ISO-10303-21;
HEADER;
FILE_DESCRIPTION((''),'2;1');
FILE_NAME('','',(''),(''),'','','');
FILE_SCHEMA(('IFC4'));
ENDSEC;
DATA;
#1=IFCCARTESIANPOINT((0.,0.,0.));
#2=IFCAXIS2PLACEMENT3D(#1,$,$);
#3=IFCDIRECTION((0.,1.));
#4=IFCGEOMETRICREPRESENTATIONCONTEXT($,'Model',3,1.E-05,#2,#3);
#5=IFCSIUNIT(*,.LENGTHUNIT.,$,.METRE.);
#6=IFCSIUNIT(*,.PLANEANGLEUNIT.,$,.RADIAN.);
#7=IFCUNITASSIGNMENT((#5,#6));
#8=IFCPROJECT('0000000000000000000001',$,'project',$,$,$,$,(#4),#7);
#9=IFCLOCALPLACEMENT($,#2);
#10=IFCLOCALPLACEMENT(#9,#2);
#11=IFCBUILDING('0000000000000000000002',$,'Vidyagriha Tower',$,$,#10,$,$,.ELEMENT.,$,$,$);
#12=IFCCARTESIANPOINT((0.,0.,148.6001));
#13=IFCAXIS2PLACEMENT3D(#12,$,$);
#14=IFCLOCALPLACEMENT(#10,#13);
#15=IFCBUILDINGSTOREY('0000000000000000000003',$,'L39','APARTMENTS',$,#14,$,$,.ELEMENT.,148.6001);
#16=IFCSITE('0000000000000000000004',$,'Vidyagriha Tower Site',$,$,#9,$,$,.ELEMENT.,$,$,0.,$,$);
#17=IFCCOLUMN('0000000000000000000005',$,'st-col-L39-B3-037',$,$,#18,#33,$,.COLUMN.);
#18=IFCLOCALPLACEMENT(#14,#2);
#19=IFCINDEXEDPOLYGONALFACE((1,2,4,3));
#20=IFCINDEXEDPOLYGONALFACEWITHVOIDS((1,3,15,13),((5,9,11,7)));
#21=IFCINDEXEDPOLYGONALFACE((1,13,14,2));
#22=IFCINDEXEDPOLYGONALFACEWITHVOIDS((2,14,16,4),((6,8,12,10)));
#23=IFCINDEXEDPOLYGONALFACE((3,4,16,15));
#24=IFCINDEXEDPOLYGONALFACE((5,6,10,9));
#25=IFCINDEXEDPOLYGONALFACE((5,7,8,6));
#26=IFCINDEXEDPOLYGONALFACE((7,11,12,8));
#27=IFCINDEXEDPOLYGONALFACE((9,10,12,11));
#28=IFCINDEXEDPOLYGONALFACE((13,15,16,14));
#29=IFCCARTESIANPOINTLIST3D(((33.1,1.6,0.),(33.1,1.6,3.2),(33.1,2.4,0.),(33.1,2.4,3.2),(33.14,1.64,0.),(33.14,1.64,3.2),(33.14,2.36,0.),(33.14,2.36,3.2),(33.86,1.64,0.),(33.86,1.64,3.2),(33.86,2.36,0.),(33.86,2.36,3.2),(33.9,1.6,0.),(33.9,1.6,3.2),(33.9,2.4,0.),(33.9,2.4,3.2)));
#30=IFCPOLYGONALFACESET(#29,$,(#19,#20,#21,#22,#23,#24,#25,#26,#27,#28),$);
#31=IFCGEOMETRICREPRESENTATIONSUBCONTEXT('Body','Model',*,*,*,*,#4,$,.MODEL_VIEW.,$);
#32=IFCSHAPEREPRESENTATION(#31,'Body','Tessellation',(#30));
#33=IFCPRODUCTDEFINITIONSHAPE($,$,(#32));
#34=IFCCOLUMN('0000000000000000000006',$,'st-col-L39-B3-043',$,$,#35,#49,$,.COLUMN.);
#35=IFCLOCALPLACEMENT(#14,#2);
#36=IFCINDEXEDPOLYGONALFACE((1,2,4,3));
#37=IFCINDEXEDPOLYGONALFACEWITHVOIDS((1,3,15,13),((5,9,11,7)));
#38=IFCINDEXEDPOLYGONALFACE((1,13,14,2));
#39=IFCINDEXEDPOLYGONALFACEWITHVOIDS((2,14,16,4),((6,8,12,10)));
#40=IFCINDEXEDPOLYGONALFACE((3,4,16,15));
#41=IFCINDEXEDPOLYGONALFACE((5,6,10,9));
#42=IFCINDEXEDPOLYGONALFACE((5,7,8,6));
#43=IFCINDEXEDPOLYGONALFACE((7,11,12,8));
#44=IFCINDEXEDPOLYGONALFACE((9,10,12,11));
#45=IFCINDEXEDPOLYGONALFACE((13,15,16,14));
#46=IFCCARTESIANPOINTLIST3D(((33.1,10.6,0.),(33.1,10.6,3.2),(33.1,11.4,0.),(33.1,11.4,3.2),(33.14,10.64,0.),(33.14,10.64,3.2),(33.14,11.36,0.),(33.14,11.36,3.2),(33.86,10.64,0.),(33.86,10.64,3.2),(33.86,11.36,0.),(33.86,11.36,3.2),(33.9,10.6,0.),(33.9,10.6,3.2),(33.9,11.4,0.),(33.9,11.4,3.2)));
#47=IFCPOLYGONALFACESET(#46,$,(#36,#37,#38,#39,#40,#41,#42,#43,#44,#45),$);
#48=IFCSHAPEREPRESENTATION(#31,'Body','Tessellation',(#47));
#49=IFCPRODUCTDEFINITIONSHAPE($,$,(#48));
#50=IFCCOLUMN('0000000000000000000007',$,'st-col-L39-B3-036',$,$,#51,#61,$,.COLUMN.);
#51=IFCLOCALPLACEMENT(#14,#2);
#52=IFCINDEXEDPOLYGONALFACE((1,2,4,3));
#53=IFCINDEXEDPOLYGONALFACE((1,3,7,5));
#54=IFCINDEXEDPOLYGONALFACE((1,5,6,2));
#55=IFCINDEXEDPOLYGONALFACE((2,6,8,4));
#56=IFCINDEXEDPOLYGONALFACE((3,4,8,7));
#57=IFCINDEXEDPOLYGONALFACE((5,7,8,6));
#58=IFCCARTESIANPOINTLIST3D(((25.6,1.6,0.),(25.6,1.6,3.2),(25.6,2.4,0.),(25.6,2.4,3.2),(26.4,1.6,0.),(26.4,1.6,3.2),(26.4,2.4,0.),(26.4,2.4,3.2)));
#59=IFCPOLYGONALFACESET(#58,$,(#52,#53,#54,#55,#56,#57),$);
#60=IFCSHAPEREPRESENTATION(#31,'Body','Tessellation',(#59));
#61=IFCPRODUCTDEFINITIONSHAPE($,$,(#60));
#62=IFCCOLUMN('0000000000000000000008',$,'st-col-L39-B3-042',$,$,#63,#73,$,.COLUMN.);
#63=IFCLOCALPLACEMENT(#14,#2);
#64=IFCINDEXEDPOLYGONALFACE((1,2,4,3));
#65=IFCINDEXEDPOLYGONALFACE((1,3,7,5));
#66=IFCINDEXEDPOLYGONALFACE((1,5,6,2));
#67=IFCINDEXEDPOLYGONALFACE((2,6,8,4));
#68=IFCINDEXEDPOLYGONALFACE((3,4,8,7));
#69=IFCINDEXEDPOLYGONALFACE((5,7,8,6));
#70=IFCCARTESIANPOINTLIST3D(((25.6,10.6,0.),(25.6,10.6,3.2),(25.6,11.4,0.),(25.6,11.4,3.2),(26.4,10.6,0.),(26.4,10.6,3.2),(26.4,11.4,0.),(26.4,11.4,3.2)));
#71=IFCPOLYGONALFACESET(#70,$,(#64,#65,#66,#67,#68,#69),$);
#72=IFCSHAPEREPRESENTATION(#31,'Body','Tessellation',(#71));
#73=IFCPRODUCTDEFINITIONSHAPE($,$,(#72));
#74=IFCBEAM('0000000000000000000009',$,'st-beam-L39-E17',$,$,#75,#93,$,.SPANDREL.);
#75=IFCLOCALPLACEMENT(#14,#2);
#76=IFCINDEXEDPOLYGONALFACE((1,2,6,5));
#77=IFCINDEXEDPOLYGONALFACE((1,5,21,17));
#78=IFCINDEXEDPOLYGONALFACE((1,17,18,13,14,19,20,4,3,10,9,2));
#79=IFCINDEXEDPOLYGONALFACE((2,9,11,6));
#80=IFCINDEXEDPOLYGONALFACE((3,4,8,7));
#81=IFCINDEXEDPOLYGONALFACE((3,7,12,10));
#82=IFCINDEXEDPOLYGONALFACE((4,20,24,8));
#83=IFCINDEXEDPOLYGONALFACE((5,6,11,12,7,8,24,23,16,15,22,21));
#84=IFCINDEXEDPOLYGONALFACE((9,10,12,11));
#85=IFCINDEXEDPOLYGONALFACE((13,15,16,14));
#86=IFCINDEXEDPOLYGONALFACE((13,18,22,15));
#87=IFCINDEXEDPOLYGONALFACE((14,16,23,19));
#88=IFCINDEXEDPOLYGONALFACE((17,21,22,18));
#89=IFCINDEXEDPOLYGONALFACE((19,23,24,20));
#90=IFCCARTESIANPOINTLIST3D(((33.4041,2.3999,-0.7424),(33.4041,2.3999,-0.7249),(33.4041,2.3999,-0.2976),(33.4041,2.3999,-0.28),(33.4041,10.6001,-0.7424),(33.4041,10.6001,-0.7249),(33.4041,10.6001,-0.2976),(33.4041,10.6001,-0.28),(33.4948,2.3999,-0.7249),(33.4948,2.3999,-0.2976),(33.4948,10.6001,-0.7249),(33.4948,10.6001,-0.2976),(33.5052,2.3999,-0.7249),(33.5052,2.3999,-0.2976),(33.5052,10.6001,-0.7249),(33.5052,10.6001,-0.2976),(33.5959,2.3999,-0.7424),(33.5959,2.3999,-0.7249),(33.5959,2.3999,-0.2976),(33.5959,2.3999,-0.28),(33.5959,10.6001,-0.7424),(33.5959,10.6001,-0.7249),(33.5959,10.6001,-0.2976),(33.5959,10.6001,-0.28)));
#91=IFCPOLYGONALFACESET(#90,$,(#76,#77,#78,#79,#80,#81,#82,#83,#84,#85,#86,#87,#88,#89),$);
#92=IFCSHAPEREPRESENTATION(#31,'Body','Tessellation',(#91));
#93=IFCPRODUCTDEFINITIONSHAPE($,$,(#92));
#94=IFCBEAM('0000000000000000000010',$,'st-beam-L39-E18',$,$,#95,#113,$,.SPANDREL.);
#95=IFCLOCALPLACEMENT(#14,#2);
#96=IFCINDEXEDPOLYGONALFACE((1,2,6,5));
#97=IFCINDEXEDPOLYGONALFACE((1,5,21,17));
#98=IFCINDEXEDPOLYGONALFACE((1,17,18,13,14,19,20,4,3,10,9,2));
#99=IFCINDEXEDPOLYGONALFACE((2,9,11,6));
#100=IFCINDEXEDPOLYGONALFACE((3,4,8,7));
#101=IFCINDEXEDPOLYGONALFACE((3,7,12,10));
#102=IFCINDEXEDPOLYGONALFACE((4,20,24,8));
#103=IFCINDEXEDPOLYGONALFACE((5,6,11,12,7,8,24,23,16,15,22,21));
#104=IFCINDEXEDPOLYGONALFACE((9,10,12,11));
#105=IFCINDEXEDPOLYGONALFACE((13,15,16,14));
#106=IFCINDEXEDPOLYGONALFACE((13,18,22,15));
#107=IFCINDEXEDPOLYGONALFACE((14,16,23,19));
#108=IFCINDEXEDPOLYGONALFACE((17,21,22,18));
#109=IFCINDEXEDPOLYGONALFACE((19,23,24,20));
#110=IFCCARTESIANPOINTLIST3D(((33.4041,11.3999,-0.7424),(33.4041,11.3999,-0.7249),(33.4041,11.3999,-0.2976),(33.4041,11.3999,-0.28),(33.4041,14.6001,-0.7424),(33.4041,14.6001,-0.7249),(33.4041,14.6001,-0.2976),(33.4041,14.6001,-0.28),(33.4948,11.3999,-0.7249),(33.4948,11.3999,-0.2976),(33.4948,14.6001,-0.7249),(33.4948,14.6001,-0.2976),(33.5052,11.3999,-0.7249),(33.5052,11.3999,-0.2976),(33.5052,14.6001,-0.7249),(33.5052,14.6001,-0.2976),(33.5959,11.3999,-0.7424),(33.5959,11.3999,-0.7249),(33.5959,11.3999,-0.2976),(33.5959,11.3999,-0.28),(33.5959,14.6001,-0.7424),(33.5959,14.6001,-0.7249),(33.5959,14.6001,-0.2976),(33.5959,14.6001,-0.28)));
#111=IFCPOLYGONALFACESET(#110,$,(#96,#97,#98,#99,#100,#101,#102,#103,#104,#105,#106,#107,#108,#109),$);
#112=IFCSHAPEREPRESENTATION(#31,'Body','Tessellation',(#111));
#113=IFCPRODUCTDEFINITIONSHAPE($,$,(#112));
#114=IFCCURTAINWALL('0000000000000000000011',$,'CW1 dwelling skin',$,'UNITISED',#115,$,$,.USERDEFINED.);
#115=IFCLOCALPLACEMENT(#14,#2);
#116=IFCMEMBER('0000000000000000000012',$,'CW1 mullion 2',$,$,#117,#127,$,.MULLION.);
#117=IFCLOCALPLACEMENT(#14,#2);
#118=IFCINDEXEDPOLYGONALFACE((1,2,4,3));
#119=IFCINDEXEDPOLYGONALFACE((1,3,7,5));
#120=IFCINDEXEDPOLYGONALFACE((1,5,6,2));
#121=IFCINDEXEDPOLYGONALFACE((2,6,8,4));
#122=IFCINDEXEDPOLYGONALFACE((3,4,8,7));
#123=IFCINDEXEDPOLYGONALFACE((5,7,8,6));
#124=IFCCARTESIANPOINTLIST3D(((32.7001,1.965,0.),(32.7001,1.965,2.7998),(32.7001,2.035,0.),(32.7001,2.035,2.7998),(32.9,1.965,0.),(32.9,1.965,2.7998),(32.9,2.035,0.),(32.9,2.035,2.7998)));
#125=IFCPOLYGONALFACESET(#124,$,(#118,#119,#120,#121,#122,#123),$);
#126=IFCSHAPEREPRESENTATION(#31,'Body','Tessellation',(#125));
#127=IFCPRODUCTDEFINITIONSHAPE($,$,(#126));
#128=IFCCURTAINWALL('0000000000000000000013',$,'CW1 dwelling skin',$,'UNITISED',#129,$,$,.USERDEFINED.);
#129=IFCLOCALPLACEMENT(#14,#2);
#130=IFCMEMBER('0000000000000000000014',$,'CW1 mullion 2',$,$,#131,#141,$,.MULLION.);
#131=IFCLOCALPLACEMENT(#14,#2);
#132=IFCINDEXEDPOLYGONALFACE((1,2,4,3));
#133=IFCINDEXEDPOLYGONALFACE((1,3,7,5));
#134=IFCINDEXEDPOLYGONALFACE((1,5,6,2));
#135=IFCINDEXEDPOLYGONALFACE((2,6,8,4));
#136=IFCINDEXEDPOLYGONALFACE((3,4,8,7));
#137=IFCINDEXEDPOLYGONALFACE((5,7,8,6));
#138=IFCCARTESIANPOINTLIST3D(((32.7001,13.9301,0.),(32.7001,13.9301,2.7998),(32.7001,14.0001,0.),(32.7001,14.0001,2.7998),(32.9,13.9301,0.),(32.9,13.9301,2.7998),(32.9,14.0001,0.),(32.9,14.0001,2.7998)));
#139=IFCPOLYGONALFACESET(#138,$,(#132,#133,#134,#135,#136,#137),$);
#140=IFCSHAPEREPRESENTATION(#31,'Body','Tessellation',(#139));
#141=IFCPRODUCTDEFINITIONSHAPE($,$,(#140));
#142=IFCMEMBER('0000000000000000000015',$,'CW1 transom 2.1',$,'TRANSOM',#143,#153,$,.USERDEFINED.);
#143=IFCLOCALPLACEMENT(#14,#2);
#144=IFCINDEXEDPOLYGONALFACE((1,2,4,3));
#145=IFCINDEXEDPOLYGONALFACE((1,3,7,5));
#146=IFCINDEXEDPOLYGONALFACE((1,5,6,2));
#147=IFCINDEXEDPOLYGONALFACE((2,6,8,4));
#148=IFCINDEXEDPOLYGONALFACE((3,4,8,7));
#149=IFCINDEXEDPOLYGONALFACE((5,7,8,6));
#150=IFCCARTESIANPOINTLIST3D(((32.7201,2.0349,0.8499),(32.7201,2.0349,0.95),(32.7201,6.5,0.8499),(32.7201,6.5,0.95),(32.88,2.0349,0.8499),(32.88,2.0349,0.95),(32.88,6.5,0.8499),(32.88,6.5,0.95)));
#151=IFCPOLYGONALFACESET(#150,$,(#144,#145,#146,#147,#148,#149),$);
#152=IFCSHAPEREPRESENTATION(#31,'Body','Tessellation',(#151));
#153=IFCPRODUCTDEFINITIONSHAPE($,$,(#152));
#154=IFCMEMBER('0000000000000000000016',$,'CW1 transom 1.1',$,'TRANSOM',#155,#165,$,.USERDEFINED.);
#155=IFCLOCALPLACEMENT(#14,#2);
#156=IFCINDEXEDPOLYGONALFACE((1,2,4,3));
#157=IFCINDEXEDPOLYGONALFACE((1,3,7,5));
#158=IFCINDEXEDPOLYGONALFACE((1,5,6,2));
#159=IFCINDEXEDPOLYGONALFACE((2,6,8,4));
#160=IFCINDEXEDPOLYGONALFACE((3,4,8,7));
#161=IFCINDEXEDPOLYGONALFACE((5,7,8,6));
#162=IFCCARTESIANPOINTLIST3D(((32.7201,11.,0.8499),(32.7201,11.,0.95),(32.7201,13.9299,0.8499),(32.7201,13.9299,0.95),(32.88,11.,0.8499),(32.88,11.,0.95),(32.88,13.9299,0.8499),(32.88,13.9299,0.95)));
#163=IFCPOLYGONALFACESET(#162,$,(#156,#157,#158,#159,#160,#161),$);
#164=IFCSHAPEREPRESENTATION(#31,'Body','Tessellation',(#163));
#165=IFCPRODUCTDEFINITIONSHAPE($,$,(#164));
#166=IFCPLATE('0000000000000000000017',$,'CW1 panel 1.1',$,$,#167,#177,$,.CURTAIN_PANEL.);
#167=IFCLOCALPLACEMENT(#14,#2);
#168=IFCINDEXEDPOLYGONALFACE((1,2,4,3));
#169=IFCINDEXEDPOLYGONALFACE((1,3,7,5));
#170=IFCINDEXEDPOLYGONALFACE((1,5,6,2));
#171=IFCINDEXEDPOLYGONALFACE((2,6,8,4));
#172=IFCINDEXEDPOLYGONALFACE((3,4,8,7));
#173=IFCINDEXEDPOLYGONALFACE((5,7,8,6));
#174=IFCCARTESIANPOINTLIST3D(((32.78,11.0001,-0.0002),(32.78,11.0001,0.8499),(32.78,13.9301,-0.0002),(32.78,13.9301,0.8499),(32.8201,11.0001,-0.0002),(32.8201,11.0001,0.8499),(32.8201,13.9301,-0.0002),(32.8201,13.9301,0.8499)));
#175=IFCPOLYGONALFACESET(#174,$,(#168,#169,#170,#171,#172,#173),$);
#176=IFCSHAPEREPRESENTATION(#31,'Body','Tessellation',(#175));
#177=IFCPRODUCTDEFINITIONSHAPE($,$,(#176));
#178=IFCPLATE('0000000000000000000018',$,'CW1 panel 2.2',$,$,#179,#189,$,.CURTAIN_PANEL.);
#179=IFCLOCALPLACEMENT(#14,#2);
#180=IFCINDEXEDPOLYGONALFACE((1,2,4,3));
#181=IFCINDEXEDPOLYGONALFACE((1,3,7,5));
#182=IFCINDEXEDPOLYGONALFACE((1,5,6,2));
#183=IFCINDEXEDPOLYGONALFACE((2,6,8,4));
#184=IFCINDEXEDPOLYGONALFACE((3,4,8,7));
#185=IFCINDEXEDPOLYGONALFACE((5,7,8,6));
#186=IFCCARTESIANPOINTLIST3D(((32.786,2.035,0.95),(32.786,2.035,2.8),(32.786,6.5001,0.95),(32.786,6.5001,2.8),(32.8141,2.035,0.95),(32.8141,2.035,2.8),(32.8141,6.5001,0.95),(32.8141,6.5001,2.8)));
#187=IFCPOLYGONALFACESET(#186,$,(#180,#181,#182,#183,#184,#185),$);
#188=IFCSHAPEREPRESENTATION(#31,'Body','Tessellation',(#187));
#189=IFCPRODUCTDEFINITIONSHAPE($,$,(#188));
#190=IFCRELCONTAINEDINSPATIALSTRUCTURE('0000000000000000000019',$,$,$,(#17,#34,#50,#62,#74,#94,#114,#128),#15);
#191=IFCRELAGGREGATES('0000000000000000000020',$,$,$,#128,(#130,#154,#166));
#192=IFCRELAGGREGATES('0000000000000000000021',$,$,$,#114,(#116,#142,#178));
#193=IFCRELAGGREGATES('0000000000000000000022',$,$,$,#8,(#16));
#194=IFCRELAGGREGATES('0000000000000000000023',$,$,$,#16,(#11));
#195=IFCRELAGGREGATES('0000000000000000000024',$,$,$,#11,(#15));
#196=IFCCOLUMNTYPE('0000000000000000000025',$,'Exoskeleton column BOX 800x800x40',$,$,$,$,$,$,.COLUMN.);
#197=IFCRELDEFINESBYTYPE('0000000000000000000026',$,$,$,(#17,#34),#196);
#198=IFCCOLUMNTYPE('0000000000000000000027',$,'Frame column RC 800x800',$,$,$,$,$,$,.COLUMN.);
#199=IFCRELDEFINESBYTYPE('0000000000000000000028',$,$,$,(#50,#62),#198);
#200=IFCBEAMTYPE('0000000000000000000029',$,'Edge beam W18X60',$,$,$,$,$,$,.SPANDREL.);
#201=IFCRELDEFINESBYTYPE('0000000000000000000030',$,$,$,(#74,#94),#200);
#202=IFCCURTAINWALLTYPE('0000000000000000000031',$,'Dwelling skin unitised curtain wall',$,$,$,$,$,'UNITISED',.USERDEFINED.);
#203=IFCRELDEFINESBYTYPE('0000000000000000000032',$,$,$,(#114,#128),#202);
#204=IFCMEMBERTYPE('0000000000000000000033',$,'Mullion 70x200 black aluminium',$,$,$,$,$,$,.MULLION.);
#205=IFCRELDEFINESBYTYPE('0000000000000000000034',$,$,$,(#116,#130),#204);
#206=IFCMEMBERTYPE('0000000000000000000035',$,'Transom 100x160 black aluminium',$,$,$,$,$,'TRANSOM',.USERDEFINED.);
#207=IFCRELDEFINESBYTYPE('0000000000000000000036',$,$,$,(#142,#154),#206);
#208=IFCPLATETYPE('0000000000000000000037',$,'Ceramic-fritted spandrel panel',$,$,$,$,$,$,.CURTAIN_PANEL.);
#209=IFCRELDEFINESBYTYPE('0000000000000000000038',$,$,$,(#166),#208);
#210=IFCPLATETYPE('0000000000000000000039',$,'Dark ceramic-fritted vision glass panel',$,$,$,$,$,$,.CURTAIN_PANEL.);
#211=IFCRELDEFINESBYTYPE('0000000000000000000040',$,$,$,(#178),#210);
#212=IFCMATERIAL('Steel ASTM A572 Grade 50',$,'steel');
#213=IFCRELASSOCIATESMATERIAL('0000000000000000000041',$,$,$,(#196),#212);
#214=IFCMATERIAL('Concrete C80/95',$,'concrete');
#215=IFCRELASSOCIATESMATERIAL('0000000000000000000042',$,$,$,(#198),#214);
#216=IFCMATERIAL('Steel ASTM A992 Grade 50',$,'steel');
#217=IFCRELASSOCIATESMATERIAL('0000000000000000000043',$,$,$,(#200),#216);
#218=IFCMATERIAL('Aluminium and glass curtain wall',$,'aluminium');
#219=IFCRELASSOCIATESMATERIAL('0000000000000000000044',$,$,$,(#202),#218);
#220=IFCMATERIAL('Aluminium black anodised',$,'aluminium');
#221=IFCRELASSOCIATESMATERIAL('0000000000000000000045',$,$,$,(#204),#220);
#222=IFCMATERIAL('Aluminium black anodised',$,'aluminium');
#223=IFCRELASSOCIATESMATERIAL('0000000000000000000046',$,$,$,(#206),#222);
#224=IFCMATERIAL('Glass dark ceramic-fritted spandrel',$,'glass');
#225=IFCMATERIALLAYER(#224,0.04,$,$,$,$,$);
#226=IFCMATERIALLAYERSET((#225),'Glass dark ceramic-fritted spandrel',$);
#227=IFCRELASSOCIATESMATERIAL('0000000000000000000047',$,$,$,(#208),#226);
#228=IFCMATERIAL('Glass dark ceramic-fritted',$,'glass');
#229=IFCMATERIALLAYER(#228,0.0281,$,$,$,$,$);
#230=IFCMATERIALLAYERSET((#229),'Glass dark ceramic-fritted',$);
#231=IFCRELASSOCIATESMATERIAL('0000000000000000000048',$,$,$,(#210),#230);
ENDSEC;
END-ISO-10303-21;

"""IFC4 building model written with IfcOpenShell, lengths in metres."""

from ifc_helpers import new_model, si_unit, direction, frame, origin, origin_2d, place, context, subcontext, project, spatial, rectangle, hollow_rectangle, i_section, extrude, material, layer, layer_set, material_profile, profile_set, type_object, element, aggregate, save


model = new_model("IFC4")

# Units and contexts
model_context = context("Model", 3, precision=1e-05, world=origin(), true_north=direction((0.0, 1.0)))
body_context = subcontext(model_context, "Body", "Model", "MODEL_VIEW")
ifc_project = project(units=[si_unit("LENGTHUNIT", "METRE"), si_unit("PLANEANGLEUNIT", "RADIAN")], contexts=[model_context])

# Site, building, storey
site_placement = place(None, origin())
site = spatial("IfcSite", under=ifc_project, at=site_placement, Name="Vidyagriha Tower Site", CompositionType="ELEMENT", RefElevation=0.0)
building_placement = place(site_placement, origin())
building = spatial("IfcBuilding", under=site, at=building_placement, Name="Vidyagriha Tower", CompositionType="ELEMENT")
storey_placement = place(building_placement, frame((0.0, 0.0, 148.6001)))
storey = spatial("IfcBuildingStorey", under=building, at=storey_placement, Name="L39", Description="APARTMENTS", CompositionType="ELEMENT", Elevation=148.6001)

# Columns
ifc_material_1 = material(Name="Steel ASTM A572 Grade 50", Category="steel")
ifc_material_profile_1 = material_profile(ifc_material_1, hollow_rectangle(XDim=0.8, YDim=0.8, WallThickness=0.04, at=origin_2d()), Name="BOX 800x800x40")
ifc_profile_set_1 = profile_set([ifc_material_profile_1], Name="Steel ASTM A572 Grade 50")
column_type_1 = type_object("IfcColumnType", Name="Exoskeleton column BOX 800x800x40", PredefinedType="COLUMN", material=ifc_profile_set_1)
for number, where, name in (
    (1, (33.5, 2.0, 0.0), "st-col-L39-B3-037"),
    (2, (33.5, 11.0, 0.0), "st-col-L39-B3-043"),
):
    element("IfcColumn", number, at=place(storey_placement, frame(where)), inside=storey, type_object=column_type_1, Name=name, PredefinedType="COLUMN", context=body_context, shape_type="SweptSolid", body=[
        extrude(hollow_rectangle(XDim=0.8, YDim=0.8, WallThickness=0.04, at=origin_2d()), origin(), (0.0, 0.0, 1.0), 3.2),
    ])
ifc_material_2 = material(Name="Concrete C80/95", Category="concrete")
ifc_material_profile_2 = material_profile(ifc_material_2, rectangle(XDim=0.8, YDim=0.8, at=origin_2d()), Name="RC 800x800")
ifc_profile_set_2 = profile_set([ifc_material_profile_2], Name="Concrete C80/95")
column_type_2 = type_object("IfcColumnType", Name="Frame column RC 800x800", PredefinedType="COLUMN", material=ifc_profile_set_2)
for number, where, name in (
    (3, (26.0, 2.0, 0.0), "st-col-L39-B3-036"),
    (4, (26.0, 11.0, 0.0), "st-col-L39-B3-042"),
):
    element("IfcColumn", number, at=place(storey_placement, frame(where)), inside=storey, type_object=column_type_2, Name=name, PredefinedType="COLUMN", context=body_context, shape_type="SweptSolid", body=[
        extrude(rectangle(XDim=0.8, YDim=0.8, at=origin_2d()), origin(), (0.0, 0.0, 1.0), 3.2),
    ])

# Beams
ifc_material_3 = material(Name="Steel ASTM A992 Grade 50", Category="steel")
ifc_material_profile_3 = material_profile(ifc_material_3, i_section(OverallWidth=0.1919, OverallDepth=0.4624, WebThickness=0.0105, FlangeThickness=0.0176, at=origin_2d()), Name="W18X60")
ifc_profile_set_3 = profile_set([ifc_material_profile_3], Name="Steel ASTM A992 Grade 50")
beam_type = type_object("IfcBeamType", Name="Edge beam W18X60", PredefinedType="SPANDREL", material=ifc_profile_set_3)
beam_1_placement = place(storey_placement, frame((33.5, 2.3999, -0.5112), z_axis=(0.0, 1.0, 0.0), x_axis=(-1.0, 0.0, 0.0)))
element("IfcBeam", 5, at=beam_1_placement, inside=storey, type_object=beam_type, Name="st-beam-L39-E17", PredefinedType="SPANDREL", context=body_context, shape_type="SweptSolid", body=[
    extrude(i_section(OverallWidth=0.1919, OverallDepth=0.4624, WebThickness=0.0105, FlangeThickness=0.0176, at=origin_2d()), origin(), (0.0, 0.0, 1.0), 8.2002),
])
beam_2_placement = place(storey_placement, frame((33.5, 11.3999, -0.5112), z_axis=(0.0, 1.0, 0.0), x_axis=(-1.0, 0.0, 0.0)))
element("IfcBeam", 6, at=beam_2_placement, inside=storey, type_object=beam_type, Name="st-beam-L39-E18", PredefinedType="SPANDREL", context=body_context, shape_type="SweptSolid", body=[
    extrude(i_section(OverallWidth=0.1919, OverallDepth=0.4624, WebThickness=0.0105, FlangeThickness=0.0176, at=origin_2d()), origin(), (0.0, 0.0, 1.0), 3.2002),
])

# Curtain walls, members
ifc_material_4 = material(Name="Aluminium and glass curtain wall", Category="aluminium")
curtain_wall_type = type_object("IfcCurtainWallType", Name="Dwelling skin unitised curtain wall", ElementType="UNITISED", PredefinedType="USERDEFINED", material=ifc_material_4)
curtain_wall_1_placement = place(storey_placement, origin())
curtain_wall_1 = element("IfcCurtainWall", 7, at=curtain_wall_1_placement, inside=storey, type_object=curtain_wall_type, Name="CW1 dwelling skin", ObjectType="UNITISED", PredefinedType="USERDEFINED")
ifc_material_5 = material(Name="Aluminium black anodised", Category="aluminium")
ifc_material_profile_4 = material_profile(ifc_material_5, rectangle(XDim=0.2, YDim=0.0701, at=origin_2d()), Name="Mullion 70x200 black aluminium")
ifc_profile_set_4 = profile_set([ifc_material_profile_4], Name="Aluminium black anodised")
member_type_1 = type_object("IfcMemberType", Name="Mullion 70x200 black aluminium", PredefinedType="MULLION", material=ifc_profile_set_4)
member_1_placement = place(storey_placement, frame((32.8, 2.0, 0.0), z_axis=(0.0, 0.0, 1.0), x_axis=(-1.0, 0.0, 0.0)))
member_1 = element("IfcMember", 8, at=member_1_placement, type_object=member_type_1, Name="CW1 mullion 2", PredefinedType="MULLION", context=body_context, shape_type="SweptSolid", body=[
    extrude(rectangle(XDim=0.2, YDim=0.0701, at=origin_2d()), origin(), (0.0, 0.0, 1.0), 2.7998),
])
curtain_wall_2_placement = place(storey_placement, origin())
curtain_wall_2 = element("IfcCurtainWall", 9, at=curtain_wall_2_placement, inside=storey, type_object=curtain_wall_type, Name="CW1 dwelling skin", ObjectType="UNITISED", PredefinedType="USERDEFINED")
member_2_placement = place(storey_placement, frame((32.8, 13.9651, 0.0), z_axis=(0.0, 0.0, 1.0), x_axis=(-1.0, 0.0, 0.0)))
member_2 = element("IfcMember", 10, at=member_2_placement, type_object=member_type_1, Name="CW1 mullion 2", PredefinedType="MULLION", context=body_context, shape_type="SweptSolid", body=[
    extrude(rectangle(XDim=0.2, YDim=0.0701, at=origin_2d()), origin(), (0.0, 0.0, 1.0), 2.7998),
])

# Members
ifc_material_6 = material(Name="Aluminium black anodised", Category="aluminium")
ifc_material_profile_5 = material_profile(ifc_material_6, rectangle(XDim=0.1599, YDim=0.1001, at=origin_2d()), Name="Transom 100x160 black aluminium")
ifc_profile_set_5 = profile_set([ifc_material_profile_5], Name="Aluminium black anodised")
member_type_2 = type_object("IfcMemberType", Name="Transom 100x160 black aluminium", ElementType="TRANSOM", PredefinedType="USERDEFINED", material=ifc_profile_set_5)
member_3_placement = place(storey_placement, frame((32.8, 2.0349, 0.8999), z_axis=(0.0, 1.0, 0.0), x_axis=(-1.0, 0.0, 0.0)))
member_3 = element("IfcMember", 11, at=member_3_placement, type_object=member_type_2, Name="CW1 transom 2.1", ObjectType="TRANSOM", PredefinedType="USERDEFINED", context=body_context, shape_type="SweptSolid", body=[
    extrude(rectangle(XDim=0.1599, YDim=0.1001, at=origin_2d()), origin(), (0.0, 0.0, 1.0), 4.4651),
])
member_4_placement = place(storey_placement, frame((32.8, 11.0, 0.8999), z_axis=(0.0, 1.0, 0.0), x_axis=(-1.0, 0.0, 0.0)))
member_4 = element("IfcMember", 12, at=member_4_placement, type_object=member_type_2, Name="CW1 transom 1.1", ObjectType="TRANSOM", PredefinedType="USERDEFINED", context=body_context, shape_type="SweptSolid", body=[
    extrude(rectangle(XDim=0.1599, YDim=0.1001, at=origin_2d()), origin(), (0.0, 0.0, 1.0), 2.9299),
])

# Plates
ifc_material_7 = material(Name="Glass dark ceramic-fritted spandrel", Category="glass")
ifc_layer_1 = layer(ifc_material_7, 0.04)
ifc_layer_set_1 = layer_set([ifc_layer_1], Name="Glass dark ceramic-fritted spandrel")
plate_type_1 = type_object("IfcPlateType", Name="Ceramic-fritted spandrel panel", PredefinedType="CURTAIN_PANEL", material=ifc_layer_set_1)
plate_1_placement = place(storey_placement, frame((32.8, 12.4651, -0.0002), z_axis=(0.0, 0.0, 1.0), x_axis=(0.0, 1.0, 0.0)))
plate_1 = element("IfcPlate", 13, at=plate_1_placement, type_object=plate_type_1, Name="CW1 panel 1.1", PredefinedType="CURTAIN_PANEL", context=body_context, shape_type="SweptSolid", body=[
    extrude(rectangle(XDim=2.9299, YDim=0.04, at=origin_2d()), origin(), (0.0, 0.0, 1.0), 0.8501),
])
ifc_material_8 = material(Name="Glass dark ceramic-fritted", Category="glass")
ifc_layer_2 = layer(ifc_material_8, 0.0281)
ifc_layer_set_2 = layer_set([ifc_layer_2], Name="Glass dark ceramic-fritted")
plate_type_2 = type_object("IfcPlateType", Name="Dark ceramic-fritted vision glass panel", PredefinedType="CURTAIN_PANEL", material=ifc_layer_set_2)
plate_2_placement = place(storey_placement, frame((32.8, 4.2676, 0.95), z_axis=(0.0, 0.0, 1.0), x_axis=(0.0, 1.0, 0.0)))
plate_2 = element("IfcPlate", 14, at=plate_2_placement, type_object=plate_type_2, Name="CW1 panel 2.2", PredefinedType="CURTAIN_PANEL", context=body_context, shape_type="SweptSolid", body=[
    extrude(rectangle(XDim=4.4651, YDim=0.0281, at=origin_2d()), origin(), (0.0, 0.0, 1.0), 1.8501),
])
aggregate(curtain_wall_2, [member_2, member_4, plate_1])
aggregate(curtain_wall_1, [member_1, member_3, plate_2])

save(model, "model.ifc")
